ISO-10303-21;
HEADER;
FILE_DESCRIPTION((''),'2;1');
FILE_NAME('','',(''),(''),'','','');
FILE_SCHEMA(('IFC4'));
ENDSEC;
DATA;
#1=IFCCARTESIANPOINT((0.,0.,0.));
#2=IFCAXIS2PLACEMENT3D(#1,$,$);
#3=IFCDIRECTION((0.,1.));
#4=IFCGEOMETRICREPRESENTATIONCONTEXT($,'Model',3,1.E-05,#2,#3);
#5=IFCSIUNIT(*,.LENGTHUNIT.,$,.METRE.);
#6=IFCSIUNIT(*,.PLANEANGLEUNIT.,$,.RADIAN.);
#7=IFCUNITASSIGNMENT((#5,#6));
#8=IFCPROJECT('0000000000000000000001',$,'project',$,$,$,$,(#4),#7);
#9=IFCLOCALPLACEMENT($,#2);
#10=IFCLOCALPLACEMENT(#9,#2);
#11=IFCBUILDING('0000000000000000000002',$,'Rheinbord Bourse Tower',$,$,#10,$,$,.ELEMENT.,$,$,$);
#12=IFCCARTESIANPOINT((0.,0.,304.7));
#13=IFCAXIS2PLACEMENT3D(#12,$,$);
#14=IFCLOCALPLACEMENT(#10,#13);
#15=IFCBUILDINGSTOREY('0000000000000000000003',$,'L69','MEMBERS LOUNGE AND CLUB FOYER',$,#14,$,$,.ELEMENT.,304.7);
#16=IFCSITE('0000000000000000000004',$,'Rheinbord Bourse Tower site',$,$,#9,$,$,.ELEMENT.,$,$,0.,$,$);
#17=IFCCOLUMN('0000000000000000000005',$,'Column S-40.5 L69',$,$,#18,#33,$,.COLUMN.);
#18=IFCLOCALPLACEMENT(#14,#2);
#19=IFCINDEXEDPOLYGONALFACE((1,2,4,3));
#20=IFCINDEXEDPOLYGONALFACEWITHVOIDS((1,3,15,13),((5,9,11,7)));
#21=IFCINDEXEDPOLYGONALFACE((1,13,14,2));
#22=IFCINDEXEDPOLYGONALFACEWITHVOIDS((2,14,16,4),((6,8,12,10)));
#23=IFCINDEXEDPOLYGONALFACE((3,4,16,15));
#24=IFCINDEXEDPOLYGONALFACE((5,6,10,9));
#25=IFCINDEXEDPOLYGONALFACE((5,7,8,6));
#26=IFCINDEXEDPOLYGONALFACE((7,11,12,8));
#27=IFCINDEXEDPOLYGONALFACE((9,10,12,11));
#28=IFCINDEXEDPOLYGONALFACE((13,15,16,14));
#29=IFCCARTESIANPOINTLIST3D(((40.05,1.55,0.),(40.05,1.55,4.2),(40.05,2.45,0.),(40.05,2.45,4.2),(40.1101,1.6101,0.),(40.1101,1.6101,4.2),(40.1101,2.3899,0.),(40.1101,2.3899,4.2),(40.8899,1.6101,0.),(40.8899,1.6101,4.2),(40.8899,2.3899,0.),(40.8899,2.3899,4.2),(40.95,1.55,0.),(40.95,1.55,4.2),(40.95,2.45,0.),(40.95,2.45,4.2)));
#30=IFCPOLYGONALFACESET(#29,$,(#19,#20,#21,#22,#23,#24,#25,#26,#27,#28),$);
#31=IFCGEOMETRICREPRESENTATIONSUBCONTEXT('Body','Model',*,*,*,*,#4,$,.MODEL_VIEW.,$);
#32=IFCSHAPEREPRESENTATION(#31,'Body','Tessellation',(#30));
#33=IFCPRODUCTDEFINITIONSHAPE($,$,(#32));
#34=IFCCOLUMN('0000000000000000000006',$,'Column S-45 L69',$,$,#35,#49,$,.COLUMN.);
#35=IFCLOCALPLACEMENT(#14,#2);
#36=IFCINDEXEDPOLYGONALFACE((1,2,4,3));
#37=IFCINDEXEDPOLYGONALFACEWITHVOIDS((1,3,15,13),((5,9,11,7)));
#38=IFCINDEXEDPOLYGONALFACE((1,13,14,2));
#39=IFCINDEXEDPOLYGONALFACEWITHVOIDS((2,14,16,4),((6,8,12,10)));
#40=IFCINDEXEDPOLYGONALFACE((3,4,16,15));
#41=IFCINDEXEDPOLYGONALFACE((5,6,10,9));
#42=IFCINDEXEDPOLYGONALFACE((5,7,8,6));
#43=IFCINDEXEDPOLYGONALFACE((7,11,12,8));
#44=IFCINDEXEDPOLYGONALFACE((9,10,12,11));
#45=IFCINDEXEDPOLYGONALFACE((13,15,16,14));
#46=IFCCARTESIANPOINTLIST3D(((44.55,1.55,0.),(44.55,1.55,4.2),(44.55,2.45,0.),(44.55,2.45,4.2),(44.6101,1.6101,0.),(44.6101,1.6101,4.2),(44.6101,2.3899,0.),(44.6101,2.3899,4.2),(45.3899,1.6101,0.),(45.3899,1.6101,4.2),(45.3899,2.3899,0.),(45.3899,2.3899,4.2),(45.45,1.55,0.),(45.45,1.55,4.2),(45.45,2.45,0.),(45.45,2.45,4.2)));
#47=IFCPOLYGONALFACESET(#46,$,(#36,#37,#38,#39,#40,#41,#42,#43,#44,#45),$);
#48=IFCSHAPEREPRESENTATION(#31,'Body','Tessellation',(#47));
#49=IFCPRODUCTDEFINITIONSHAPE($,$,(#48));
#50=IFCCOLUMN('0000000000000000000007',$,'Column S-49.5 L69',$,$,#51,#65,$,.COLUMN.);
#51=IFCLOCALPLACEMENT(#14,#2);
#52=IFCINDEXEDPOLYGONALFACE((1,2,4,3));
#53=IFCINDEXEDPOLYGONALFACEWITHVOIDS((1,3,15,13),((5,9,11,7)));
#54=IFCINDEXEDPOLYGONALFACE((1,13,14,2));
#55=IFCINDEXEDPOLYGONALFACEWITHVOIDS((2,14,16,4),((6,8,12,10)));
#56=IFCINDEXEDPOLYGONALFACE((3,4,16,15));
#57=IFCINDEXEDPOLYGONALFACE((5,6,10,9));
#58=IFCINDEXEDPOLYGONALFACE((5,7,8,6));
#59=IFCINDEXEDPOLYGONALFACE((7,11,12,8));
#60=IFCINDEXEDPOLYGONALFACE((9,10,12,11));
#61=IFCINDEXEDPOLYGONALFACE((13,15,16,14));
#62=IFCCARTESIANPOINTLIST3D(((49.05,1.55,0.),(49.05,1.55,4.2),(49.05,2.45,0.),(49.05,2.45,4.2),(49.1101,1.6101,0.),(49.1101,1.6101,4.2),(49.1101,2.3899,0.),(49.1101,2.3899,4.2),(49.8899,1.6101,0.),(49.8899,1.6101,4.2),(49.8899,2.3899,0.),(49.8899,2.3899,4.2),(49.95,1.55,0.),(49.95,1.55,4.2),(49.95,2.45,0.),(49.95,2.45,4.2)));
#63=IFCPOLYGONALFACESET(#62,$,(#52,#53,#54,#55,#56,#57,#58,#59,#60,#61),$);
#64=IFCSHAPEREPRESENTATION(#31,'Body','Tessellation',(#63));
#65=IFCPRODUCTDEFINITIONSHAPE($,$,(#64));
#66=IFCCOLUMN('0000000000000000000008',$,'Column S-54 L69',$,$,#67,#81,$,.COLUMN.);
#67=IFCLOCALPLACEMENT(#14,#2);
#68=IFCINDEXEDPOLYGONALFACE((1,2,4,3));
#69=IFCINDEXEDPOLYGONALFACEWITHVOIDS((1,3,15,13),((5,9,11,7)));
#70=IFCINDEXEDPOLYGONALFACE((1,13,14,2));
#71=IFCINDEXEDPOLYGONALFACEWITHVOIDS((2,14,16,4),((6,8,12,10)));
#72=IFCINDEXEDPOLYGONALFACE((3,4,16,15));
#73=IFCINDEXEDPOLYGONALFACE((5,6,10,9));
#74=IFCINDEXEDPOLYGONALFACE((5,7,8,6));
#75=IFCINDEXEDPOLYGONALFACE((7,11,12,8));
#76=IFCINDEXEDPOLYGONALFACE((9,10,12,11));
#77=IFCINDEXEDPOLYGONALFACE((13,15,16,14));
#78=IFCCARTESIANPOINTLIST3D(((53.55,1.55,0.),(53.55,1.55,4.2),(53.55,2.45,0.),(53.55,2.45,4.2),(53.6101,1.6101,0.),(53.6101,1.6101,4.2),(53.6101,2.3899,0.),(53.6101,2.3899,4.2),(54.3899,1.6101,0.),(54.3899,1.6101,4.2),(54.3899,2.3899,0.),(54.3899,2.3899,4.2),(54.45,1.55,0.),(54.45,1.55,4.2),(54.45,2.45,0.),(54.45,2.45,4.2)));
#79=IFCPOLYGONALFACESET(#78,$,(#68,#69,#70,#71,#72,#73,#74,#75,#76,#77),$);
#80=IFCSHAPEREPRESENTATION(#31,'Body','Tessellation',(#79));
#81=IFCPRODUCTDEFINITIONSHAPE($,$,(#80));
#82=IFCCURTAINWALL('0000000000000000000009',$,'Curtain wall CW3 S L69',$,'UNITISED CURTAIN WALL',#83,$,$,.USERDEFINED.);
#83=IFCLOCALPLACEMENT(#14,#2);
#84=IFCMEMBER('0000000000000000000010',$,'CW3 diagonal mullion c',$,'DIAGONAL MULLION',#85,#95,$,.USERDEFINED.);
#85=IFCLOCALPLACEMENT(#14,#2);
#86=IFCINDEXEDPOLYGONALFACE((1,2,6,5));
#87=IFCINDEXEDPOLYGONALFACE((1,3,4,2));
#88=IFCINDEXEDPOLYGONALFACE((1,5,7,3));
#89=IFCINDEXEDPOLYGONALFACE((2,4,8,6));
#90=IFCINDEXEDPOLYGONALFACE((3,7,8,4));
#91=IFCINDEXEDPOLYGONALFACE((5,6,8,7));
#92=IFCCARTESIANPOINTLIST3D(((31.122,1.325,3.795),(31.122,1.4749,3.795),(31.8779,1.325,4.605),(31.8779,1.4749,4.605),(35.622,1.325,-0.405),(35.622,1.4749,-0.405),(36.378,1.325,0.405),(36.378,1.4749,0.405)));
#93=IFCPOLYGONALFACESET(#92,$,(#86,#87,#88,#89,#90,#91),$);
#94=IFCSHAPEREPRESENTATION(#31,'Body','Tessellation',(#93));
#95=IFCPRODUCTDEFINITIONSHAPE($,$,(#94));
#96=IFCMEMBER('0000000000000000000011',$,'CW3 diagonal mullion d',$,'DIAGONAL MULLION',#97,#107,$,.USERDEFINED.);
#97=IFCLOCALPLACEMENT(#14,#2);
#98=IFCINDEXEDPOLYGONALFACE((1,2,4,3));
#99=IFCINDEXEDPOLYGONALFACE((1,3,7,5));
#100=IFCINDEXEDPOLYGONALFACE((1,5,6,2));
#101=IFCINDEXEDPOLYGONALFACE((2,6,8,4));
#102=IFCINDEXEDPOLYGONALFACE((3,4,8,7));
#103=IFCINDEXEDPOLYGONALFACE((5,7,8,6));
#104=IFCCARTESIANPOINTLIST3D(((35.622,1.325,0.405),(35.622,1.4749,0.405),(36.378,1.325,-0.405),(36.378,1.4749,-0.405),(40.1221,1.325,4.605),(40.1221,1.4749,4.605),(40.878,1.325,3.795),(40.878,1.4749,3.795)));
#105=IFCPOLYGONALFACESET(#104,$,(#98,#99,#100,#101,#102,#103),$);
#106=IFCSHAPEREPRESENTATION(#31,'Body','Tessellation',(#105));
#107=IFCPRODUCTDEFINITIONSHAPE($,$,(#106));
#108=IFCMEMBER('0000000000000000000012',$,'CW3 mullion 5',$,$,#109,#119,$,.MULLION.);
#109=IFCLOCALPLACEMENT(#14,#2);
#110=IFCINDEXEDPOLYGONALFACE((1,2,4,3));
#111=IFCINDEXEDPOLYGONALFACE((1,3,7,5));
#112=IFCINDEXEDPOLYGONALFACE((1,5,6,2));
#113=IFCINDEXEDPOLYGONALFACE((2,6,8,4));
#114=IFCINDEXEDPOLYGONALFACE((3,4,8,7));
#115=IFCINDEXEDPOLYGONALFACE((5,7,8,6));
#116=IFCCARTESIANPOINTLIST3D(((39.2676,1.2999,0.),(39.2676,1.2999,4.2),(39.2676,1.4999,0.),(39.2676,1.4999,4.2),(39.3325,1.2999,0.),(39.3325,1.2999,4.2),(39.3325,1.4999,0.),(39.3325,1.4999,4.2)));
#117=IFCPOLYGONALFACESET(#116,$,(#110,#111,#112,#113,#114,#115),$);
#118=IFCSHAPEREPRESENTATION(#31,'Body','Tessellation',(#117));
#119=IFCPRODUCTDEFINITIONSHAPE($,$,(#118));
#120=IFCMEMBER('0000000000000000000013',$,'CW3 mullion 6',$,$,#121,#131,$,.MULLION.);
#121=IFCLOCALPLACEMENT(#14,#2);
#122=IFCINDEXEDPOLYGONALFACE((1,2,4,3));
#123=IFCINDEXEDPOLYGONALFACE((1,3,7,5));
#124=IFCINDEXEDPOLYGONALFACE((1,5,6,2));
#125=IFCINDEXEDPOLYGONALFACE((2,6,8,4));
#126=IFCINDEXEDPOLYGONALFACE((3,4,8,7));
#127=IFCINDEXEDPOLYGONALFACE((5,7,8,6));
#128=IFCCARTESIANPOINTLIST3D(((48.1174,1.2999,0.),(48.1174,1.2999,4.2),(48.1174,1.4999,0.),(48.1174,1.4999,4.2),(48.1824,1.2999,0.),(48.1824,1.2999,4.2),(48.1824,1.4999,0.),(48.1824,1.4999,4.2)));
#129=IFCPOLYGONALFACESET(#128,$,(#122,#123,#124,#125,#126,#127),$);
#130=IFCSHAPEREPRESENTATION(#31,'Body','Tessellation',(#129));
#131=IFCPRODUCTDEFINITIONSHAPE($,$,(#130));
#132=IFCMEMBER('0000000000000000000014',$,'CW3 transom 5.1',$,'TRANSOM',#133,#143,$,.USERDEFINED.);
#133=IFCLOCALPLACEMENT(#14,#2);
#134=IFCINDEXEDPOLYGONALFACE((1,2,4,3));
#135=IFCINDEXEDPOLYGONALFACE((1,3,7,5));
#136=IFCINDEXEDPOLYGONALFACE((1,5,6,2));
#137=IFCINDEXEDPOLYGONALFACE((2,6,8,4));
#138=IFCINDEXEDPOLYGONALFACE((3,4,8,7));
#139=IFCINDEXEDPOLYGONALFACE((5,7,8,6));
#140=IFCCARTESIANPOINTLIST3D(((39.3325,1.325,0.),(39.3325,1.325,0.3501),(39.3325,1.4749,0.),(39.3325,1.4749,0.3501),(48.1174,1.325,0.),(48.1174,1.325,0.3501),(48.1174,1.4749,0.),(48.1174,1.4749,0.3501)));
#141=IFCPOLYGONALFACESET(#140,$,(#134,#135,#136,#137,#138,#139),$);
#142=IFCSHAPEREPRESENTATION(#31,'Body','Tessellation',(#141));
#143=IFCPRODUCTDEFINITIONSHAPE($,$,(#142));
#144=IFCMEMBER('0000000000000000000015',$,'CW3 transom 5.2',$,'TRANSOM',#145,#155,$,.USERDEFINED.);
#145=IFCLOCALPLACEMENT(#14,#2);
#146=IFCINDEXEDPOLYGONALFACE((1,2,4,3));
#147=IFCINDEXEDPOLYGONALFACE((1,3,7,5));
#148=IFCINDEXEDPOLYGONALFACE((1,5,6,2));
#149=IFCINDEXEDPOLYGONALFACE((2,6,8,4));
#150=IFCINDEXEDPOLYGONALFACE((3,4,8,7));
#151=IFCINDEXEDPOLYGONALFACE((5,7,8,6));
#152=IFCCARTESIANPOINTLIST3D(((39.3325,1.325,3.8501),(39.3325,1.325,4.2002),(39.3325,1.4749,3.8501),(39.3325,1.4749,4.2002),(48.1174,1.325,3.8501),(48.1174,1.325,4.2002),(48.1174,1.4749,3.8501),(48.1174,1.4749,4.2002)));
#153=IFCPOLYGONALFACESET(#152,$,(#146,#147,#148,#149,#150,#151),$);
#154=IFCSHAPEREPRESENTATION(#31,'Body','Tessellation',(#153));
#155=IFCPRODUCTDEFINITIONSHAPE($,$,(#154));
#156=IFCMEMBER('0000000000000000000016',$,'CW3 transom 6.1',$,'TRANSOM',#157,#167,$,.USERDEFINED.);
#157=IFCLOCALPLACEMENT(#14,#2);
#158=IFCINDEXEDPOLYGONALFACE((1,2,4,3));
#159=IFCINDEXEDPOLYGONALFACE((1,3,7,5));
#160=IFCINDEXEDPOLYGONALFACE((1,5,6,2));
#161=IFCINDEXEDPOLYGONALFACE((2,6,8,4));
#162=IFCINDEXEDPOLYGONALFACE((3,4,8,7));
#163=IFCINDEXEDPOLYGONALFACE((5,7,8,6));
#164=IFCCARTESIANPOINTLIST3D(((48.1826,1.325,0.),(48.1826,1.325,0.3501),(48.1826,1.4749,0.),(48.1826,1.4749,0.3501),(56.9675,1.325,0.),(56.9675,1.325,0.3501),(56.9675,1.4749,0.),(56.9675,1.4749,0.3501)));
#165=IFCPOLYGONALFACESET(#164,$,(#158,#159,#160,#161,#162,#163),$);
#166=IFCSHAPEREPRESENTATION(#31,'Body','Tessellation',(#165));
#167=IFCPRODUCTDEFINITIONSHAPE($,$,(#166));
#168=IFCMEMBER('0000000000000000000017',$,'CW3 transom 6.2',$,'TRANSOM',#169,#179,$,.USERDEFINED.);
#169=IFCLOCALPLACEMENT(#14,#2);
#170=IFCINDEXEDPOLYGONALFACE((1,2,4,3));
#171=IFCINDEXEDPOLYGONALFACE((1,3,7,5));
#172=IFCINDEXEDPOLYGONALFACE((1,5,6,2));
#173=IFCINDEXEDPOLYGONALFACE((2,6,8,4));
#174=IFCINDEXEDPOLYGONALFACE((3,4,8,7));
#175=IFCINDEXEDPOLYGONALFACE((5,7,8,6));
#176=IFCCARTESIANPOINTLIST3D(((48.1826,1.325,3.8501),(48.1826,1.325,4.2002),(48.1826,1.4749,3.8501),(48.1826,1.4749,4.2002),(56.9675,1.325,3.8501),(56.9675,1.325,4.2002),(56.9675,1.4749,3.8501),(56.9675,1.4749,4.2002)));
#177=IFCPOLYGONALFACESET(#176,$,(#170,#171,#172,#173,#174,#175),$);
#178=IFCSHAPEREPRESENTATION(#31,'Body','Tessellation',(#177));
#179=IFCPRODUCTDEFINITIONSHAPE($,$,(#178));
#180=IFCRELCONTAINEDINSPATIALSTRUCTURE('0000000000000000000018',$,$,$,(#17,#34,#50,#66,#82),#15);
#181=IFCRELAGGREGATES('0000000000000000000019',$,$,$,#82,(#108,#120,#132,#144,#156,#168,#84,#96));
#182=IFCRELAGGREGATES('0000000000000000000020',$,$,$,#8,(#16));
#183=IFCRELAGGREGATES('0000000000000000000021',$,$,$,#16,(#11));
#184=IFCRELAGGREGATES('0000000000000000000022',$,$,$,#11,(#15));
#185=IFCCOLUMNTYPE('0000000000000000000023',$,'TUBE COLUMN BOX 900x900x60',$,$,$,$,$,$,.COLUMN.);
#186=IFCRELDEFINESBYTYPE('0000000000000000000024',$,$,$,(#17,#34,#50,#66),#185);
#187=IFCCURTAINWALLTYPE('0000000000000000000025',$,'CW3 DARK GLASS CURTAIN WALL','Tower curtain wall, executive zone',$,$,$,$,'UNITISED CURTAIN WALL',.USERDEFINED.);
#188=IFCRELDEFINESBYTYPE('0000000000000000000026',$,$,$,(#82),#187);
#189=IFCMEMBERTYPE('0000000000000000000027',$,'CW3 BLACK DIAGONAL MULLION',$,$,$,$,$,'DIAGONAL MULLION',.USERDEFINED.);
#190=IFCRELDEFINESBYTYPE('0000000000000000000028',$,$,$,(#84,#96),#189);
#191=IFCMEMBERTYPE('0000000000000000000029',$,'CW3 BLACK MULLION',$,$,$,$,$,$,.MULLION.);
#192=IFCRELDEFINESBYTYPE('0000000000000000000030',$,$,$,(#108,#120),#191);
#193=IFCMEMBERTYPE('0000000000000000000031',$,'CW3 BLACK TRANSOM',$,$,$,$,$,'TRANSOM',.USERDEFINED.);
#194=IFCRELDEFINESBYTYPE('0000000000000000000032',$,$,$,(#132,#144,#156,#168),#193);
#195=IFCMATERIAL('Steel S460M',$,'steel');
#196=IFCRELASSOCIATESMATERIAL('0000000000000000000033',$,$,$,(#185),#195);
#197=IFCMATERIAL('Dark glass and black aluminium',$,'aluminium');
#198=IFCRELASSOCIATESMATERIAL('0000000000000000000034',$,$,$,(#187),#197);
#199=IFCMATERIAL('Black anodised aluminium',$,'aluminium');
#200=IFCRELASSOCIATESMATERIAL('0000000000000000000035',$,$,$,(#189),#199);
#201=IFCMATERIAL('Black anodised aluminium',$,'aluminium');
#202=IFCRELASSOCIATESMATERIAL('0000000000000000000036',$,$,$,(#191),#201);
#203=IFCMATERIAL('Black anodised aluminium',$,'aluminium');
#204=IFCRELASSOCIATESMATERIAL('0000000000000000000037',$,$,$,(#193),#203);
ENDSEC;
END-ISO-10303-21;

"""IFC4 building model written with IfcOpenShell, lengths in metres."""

from ifc_helpers import new_model, si_unit, direction, frame, origin, origin_2d, place, context, subcontext, project, spatial, rectangle, hollow_rectangle, extrude, material, material_profile, profile_set, type_object, element, aggregate, save


model = new_model("IFC4")

# Units and contexts
model_context = context("Model", 3, precision=1e-05, world=origin(), true_north=direction((0.0, 1.0)))
body_context = subcontext(model_context, "Body", "Model", "MODEL_VIEW")
ifc_project = project(units=[si_unit("LENGTHUNIT", "METRE"), si_unit("PLANEANGLEUNIT", "RADIAN")], contexts=[model_context])

# Site, building, storey
site_placement = place(None, origin())
site = spatial("IfcSite", under=ifc_project, at=site_placement, Name="Rheinbord Bourse Tower site", CompositionType="ELEMENT", RefElevation=0.0)
building_placement = place(site_placement, origin())
building = spatial("IfcBuilding", under=site, at=building_placement, Name="Rheinbord Bourse Tower", CompositionType="ELEMENT")
storey_placement = place(building_placement, frame((0.0, 0.0, 304.7)))
storey = spatial("IfcBuildingStorey", under=building, at=storey_placement, Name="L69", Description="MEMBERS LOUNGE AND CLUB FOYER", CompositionType="ELEMENT", Elevation=304.7)

# Columns
ifc_material_1 = material(Name="Steel S460M", Category="steel")
ifc_material_profile_1 = material_profile(ifc_material_1, hollow_rectangle(XDim=0.8999, YDim=0.8999, WallThickness=0.0601, at=origin_2d()), Name="BOX 900x900x60")
ifc_profile_set_1 = profile_set([ifc_material_profile_1], Name="Steel S460M")
column_type = type_object("IfcColumnType", Name="TUBE COLUMN BOX 900x900x60", PredefinedType="COLUMN", material=ifc_profile_set_1)
for number, where, z_axis, x_axis, name in (
    (1, (40.5, 2.0, 0.0), (0.0, 0.0, 1.0), (0.0, 1.0, 0.0), "Column S-40.5 L69"),
    (2, (45.0, 2.0, 0.0), (0.0, 0.0, 1.0), (0.0, 1.0, 0.0), "Column S-45 L69"),
    (3, (49.5, 2.0, 0.0), (0.0, 0.0, 1.0), (0.0, 1.0, 0.0), "Column S-49.5 L69"),
    (4, (54.0, 2.0, 0.0), (0.0, 0.0, 1.0), (0.0, 1.0, 0.0), "Column S-54 L69"),
):
    element("IfcColumn", number, at=place(storey_placement, frame(where, z_axis=z_axis, x_axis=x_axis)), inside=storey, type_object=column_type, Name=name, PredefinedType="COLUMN", context=body_context, shape_type="SweptSolid", body=[
        extrude(hollow_rectangle(XDim=0.8999, YDim=0.8999, WallThickness=0.0601, at=origin_2d()), origin(), (0.0, 0.0, 1.0), 4.2),
    ])

# Curtain wall, members
ifc_material_2 = material(Name="Dark glass and black aluminium", Category="aluminium")
curtain_wall_type = type_object("IfcCurtainWallType", Name="CW3 DARK GLASS CURTAIN WALL", Description="Tower curtain wall, executive zone", ElementType="UNITISED CURTAIN WALL", PredefinedType="USERDEFINED", material=ifc_material_2)
curtain_wall_placement = place(storey_placement, origin())
curtain_wall = element("IfcCurtainWall", 5, at=curtain_wall_placement, inside=storey, type_object=curtain_wall_type, Name="Curtain wall CW3 S L69", ObjectType="UNITISED CURTAIN WALL", PredefinedType="USERDEFINED")
ifc_material_3 = material(Name="Black anodised aluminium", Category="aluminium")
ifc_material_profile_2 = material_profile(ifc_material_3, rectangle(XDim=0.1499, YDim=1.1079, at=origin_2d()), Name="CW3 DIAGONAL MULLION 1108x150")
ifc_profile_set_2 = profile_set([ifc_material_profile_2], Name="Black anodised aluminium")
member_type_1 = type_object("IfcMemberType", Name="CW3 BLACK DIAGONAL MULLION", ElementType="DIAGONAL MULLION", PredefinedType="USERDEFINED", material=ifc_profile_set_2)
member_1_placement = place(storey_placement, frame((36.0, 1.3999, 0.0), z_axis=(-0.731059, 0.0, 0.682314), x_axis=(0.0, -1.0, 0.0)))
member_1 = element("IfcMember", 6, at=member_1_placement, type_object=member_type_1, Name="CW3 diagonal mullion c", ObjectType="DIAGONAL MULLION", PredefinedType="USERDEFINED", context=body_context, shape_type="SweptSolid", body=[
    extrude(rectangle(XDim=0.1499, YDim=1.1079, at=origin_2d()), origin(), (0.0, 0.0, 1.0), 6.1555),
])
member_2_placement = place(storey_placement, frame((36.0, 1.3999, 0.0), z_axis=(0.731059, 0.0, 0.682314), x_axis=(0.0, 1.0, 0.0)))
member_2 = element("IfcMember", 7, at=member_2_placement, type_object=member_type_1, Name="CW3 diagonal mullion d", ObjectType="DIAGONAL MULLION", PredefinedType="USERDEFINED", context=body_context, shape_type="SweptSolid", body=[
    extrude(rectangle(XDim=0.1499, YDim=1.1079, at=origin_2d()), origin(), (0.0, 0.0, 1.0), 6.1555),
])
ifc_material_4 = material(Name="Black anodised aluminium", Category="aluminium")
ifc_material_profile_3 = material_profile(ifc_material_4, rectangle(XDim=0.2, YDim=0.0649, at=origin_2d()), Name="CW3 MULLION 65x200")
ifc_profile_set_3 = profile_set([ifc_material_profile_3], Name="Black anodised aluminium")
member_type_2 = type_object("IfcMemberType", Name="CW3 BLACK MULLION", PredefinedType="MULLION", material=ifc_profile_set_3)
member_3_placement = place(storey_placement, frame((39.3, 1.3999, 0.0), z_axis=(0.0, 0.0, 1.0), x_axis=(0.0, 1.0, 0.0)))
member_3 = element("IfcMember", 8, at=member_3_placement, type_object=member_type_2, Name="CW3 mullion 5", PredefinedType="MULLION", context=body_context, shape_type="SweptSolid", body=[
    extrude(rectangle(XDim=0.2, YDim=0.0649, at=origin_2d()), origin(), (0.0, 0.0, 1.0), 4.2),
])
member_4_placement = place(storey_placement, frame((48.1499, 1.3999, 0.0), z_axis=(0.0, 0.0, 1.0), x_axis=(0.0, 1.0, 0.0)))
member_4 = element("IfcMember", 9, at=member_4_placement, type_object=member_type_2, Name="CW3 mullion 6", PredefinedType="MULLION", context=body_context, shape_type="SweptSolid", body=[
    extrude(rectangle(XDim=0.2, YDim=0.0649, at=origin_2d()), origin(), (0.0, 0.0, 1.0), 4.2),
])
ifc_material_5 = material(Name="Black anodised aluminium", Category="aluminium")
ifc_material_profile_4 = material_profile(ifc_material_5, rectangle(XDim=0.1499, YDim=0.3501, at=origin_2d()), Name="CW3 TRANSOM 350x150")
ifc_profile_set_4 = profile_set([ifc_material_profile_4], Name="Black anodised aluminium")
member_type_3 = type_object("IfcMemberType", Name="CW3 BLACK TRANSOM", ElementType="TRANSOM", PredefinedType="USERDEFINED", material=ifc_profile_set_4)
member_5_placement = place(storey_placement, frame((39.3325, 1.3999, 0.175), z_axis=(1.0, 0.0, 0.0), x_axis=(0.0, 1.0, 0.0)))
member_5 = element("IfcMember", 10, at=member_5_placement, type_object=member_type_3, Name="CW3 transom 5.1", ObjectType="TRANSOM", PredefinedType="USERDEFINED", context=body_context, shape_type="SweptSolid", body=[
    extrude(rectangle(XDim=0.1499, YDim=0.3501, at=origin_2d()), origin(), (0.0, 0.0, 1.0), 8.7849),
])
member_6_placement = place(storey_placement, frame((39.3325, 1.3999, 4.0251), z_axis=(1.0, 0.0, 0.0), x_axis=(0.0, 1.0, 0.0)))
member_6 = element("IfcMember", 11, at=member_6_placement, type_object=member_type_3, Name="CW3 transom 5.2", ObjectType="TRANSOM", PredefinedType="USERDEFINED", context=body_context, shape_type="SweptSolid", body=[
    extrude(rectangle(XDim=0.1499, YDim=0.3501, at=origin_2d()), origin(), (0.0, 0.0, 1.0), 8.7849),
])
member_7_placement = place(storey_placement, frame((48.1826, 1.3999, 0.175), z_axis=(1.0, 0.0, 0.0), x_axis=(0.0, 1.0, 0.0)))
member_7 = element("IfcMember", 12, at=member_7_placement, type_object=member_type_3, Name="CW3 transom 6.1", ObjectType="TRANSOM", PredefinedType="USERDEFINED", context=body_context, shape_type="SweptSolid", body=[
    extrude(rectangle(XDim=0.1499, YDim=0.3501, at=origin_2d()), origin(), (0.0, 0.0, 1.0), 8.7849),
])
member_8_placement = place(storey_placement, frame((48.1826, 1.3999, 4.0251), z_axis=(1.0, 0.0, 0.0), x_axis=(0.0, 1.0, 0.0)))
member_8 = element("IfcMember", 13, at=member_8_placement, type_object=member_type_3, Name="CW3 transom 6.2", ObjectType="TRANSOM", PredefinedType="USERDEFINED", context=body_context, shape_type="SweptSolid", body=[
    extrude(rectangle(XDim=0.1499, YDim=0.3501, at=origin_2d()), origin(), (0.0, 0.0, 1.0), 8.7849),
])

aggregate(curtain_wall, [member_3, member_4, member_5, member_6, member_7, member_8, member_1, member_2])

save(model, "model.ifc")
